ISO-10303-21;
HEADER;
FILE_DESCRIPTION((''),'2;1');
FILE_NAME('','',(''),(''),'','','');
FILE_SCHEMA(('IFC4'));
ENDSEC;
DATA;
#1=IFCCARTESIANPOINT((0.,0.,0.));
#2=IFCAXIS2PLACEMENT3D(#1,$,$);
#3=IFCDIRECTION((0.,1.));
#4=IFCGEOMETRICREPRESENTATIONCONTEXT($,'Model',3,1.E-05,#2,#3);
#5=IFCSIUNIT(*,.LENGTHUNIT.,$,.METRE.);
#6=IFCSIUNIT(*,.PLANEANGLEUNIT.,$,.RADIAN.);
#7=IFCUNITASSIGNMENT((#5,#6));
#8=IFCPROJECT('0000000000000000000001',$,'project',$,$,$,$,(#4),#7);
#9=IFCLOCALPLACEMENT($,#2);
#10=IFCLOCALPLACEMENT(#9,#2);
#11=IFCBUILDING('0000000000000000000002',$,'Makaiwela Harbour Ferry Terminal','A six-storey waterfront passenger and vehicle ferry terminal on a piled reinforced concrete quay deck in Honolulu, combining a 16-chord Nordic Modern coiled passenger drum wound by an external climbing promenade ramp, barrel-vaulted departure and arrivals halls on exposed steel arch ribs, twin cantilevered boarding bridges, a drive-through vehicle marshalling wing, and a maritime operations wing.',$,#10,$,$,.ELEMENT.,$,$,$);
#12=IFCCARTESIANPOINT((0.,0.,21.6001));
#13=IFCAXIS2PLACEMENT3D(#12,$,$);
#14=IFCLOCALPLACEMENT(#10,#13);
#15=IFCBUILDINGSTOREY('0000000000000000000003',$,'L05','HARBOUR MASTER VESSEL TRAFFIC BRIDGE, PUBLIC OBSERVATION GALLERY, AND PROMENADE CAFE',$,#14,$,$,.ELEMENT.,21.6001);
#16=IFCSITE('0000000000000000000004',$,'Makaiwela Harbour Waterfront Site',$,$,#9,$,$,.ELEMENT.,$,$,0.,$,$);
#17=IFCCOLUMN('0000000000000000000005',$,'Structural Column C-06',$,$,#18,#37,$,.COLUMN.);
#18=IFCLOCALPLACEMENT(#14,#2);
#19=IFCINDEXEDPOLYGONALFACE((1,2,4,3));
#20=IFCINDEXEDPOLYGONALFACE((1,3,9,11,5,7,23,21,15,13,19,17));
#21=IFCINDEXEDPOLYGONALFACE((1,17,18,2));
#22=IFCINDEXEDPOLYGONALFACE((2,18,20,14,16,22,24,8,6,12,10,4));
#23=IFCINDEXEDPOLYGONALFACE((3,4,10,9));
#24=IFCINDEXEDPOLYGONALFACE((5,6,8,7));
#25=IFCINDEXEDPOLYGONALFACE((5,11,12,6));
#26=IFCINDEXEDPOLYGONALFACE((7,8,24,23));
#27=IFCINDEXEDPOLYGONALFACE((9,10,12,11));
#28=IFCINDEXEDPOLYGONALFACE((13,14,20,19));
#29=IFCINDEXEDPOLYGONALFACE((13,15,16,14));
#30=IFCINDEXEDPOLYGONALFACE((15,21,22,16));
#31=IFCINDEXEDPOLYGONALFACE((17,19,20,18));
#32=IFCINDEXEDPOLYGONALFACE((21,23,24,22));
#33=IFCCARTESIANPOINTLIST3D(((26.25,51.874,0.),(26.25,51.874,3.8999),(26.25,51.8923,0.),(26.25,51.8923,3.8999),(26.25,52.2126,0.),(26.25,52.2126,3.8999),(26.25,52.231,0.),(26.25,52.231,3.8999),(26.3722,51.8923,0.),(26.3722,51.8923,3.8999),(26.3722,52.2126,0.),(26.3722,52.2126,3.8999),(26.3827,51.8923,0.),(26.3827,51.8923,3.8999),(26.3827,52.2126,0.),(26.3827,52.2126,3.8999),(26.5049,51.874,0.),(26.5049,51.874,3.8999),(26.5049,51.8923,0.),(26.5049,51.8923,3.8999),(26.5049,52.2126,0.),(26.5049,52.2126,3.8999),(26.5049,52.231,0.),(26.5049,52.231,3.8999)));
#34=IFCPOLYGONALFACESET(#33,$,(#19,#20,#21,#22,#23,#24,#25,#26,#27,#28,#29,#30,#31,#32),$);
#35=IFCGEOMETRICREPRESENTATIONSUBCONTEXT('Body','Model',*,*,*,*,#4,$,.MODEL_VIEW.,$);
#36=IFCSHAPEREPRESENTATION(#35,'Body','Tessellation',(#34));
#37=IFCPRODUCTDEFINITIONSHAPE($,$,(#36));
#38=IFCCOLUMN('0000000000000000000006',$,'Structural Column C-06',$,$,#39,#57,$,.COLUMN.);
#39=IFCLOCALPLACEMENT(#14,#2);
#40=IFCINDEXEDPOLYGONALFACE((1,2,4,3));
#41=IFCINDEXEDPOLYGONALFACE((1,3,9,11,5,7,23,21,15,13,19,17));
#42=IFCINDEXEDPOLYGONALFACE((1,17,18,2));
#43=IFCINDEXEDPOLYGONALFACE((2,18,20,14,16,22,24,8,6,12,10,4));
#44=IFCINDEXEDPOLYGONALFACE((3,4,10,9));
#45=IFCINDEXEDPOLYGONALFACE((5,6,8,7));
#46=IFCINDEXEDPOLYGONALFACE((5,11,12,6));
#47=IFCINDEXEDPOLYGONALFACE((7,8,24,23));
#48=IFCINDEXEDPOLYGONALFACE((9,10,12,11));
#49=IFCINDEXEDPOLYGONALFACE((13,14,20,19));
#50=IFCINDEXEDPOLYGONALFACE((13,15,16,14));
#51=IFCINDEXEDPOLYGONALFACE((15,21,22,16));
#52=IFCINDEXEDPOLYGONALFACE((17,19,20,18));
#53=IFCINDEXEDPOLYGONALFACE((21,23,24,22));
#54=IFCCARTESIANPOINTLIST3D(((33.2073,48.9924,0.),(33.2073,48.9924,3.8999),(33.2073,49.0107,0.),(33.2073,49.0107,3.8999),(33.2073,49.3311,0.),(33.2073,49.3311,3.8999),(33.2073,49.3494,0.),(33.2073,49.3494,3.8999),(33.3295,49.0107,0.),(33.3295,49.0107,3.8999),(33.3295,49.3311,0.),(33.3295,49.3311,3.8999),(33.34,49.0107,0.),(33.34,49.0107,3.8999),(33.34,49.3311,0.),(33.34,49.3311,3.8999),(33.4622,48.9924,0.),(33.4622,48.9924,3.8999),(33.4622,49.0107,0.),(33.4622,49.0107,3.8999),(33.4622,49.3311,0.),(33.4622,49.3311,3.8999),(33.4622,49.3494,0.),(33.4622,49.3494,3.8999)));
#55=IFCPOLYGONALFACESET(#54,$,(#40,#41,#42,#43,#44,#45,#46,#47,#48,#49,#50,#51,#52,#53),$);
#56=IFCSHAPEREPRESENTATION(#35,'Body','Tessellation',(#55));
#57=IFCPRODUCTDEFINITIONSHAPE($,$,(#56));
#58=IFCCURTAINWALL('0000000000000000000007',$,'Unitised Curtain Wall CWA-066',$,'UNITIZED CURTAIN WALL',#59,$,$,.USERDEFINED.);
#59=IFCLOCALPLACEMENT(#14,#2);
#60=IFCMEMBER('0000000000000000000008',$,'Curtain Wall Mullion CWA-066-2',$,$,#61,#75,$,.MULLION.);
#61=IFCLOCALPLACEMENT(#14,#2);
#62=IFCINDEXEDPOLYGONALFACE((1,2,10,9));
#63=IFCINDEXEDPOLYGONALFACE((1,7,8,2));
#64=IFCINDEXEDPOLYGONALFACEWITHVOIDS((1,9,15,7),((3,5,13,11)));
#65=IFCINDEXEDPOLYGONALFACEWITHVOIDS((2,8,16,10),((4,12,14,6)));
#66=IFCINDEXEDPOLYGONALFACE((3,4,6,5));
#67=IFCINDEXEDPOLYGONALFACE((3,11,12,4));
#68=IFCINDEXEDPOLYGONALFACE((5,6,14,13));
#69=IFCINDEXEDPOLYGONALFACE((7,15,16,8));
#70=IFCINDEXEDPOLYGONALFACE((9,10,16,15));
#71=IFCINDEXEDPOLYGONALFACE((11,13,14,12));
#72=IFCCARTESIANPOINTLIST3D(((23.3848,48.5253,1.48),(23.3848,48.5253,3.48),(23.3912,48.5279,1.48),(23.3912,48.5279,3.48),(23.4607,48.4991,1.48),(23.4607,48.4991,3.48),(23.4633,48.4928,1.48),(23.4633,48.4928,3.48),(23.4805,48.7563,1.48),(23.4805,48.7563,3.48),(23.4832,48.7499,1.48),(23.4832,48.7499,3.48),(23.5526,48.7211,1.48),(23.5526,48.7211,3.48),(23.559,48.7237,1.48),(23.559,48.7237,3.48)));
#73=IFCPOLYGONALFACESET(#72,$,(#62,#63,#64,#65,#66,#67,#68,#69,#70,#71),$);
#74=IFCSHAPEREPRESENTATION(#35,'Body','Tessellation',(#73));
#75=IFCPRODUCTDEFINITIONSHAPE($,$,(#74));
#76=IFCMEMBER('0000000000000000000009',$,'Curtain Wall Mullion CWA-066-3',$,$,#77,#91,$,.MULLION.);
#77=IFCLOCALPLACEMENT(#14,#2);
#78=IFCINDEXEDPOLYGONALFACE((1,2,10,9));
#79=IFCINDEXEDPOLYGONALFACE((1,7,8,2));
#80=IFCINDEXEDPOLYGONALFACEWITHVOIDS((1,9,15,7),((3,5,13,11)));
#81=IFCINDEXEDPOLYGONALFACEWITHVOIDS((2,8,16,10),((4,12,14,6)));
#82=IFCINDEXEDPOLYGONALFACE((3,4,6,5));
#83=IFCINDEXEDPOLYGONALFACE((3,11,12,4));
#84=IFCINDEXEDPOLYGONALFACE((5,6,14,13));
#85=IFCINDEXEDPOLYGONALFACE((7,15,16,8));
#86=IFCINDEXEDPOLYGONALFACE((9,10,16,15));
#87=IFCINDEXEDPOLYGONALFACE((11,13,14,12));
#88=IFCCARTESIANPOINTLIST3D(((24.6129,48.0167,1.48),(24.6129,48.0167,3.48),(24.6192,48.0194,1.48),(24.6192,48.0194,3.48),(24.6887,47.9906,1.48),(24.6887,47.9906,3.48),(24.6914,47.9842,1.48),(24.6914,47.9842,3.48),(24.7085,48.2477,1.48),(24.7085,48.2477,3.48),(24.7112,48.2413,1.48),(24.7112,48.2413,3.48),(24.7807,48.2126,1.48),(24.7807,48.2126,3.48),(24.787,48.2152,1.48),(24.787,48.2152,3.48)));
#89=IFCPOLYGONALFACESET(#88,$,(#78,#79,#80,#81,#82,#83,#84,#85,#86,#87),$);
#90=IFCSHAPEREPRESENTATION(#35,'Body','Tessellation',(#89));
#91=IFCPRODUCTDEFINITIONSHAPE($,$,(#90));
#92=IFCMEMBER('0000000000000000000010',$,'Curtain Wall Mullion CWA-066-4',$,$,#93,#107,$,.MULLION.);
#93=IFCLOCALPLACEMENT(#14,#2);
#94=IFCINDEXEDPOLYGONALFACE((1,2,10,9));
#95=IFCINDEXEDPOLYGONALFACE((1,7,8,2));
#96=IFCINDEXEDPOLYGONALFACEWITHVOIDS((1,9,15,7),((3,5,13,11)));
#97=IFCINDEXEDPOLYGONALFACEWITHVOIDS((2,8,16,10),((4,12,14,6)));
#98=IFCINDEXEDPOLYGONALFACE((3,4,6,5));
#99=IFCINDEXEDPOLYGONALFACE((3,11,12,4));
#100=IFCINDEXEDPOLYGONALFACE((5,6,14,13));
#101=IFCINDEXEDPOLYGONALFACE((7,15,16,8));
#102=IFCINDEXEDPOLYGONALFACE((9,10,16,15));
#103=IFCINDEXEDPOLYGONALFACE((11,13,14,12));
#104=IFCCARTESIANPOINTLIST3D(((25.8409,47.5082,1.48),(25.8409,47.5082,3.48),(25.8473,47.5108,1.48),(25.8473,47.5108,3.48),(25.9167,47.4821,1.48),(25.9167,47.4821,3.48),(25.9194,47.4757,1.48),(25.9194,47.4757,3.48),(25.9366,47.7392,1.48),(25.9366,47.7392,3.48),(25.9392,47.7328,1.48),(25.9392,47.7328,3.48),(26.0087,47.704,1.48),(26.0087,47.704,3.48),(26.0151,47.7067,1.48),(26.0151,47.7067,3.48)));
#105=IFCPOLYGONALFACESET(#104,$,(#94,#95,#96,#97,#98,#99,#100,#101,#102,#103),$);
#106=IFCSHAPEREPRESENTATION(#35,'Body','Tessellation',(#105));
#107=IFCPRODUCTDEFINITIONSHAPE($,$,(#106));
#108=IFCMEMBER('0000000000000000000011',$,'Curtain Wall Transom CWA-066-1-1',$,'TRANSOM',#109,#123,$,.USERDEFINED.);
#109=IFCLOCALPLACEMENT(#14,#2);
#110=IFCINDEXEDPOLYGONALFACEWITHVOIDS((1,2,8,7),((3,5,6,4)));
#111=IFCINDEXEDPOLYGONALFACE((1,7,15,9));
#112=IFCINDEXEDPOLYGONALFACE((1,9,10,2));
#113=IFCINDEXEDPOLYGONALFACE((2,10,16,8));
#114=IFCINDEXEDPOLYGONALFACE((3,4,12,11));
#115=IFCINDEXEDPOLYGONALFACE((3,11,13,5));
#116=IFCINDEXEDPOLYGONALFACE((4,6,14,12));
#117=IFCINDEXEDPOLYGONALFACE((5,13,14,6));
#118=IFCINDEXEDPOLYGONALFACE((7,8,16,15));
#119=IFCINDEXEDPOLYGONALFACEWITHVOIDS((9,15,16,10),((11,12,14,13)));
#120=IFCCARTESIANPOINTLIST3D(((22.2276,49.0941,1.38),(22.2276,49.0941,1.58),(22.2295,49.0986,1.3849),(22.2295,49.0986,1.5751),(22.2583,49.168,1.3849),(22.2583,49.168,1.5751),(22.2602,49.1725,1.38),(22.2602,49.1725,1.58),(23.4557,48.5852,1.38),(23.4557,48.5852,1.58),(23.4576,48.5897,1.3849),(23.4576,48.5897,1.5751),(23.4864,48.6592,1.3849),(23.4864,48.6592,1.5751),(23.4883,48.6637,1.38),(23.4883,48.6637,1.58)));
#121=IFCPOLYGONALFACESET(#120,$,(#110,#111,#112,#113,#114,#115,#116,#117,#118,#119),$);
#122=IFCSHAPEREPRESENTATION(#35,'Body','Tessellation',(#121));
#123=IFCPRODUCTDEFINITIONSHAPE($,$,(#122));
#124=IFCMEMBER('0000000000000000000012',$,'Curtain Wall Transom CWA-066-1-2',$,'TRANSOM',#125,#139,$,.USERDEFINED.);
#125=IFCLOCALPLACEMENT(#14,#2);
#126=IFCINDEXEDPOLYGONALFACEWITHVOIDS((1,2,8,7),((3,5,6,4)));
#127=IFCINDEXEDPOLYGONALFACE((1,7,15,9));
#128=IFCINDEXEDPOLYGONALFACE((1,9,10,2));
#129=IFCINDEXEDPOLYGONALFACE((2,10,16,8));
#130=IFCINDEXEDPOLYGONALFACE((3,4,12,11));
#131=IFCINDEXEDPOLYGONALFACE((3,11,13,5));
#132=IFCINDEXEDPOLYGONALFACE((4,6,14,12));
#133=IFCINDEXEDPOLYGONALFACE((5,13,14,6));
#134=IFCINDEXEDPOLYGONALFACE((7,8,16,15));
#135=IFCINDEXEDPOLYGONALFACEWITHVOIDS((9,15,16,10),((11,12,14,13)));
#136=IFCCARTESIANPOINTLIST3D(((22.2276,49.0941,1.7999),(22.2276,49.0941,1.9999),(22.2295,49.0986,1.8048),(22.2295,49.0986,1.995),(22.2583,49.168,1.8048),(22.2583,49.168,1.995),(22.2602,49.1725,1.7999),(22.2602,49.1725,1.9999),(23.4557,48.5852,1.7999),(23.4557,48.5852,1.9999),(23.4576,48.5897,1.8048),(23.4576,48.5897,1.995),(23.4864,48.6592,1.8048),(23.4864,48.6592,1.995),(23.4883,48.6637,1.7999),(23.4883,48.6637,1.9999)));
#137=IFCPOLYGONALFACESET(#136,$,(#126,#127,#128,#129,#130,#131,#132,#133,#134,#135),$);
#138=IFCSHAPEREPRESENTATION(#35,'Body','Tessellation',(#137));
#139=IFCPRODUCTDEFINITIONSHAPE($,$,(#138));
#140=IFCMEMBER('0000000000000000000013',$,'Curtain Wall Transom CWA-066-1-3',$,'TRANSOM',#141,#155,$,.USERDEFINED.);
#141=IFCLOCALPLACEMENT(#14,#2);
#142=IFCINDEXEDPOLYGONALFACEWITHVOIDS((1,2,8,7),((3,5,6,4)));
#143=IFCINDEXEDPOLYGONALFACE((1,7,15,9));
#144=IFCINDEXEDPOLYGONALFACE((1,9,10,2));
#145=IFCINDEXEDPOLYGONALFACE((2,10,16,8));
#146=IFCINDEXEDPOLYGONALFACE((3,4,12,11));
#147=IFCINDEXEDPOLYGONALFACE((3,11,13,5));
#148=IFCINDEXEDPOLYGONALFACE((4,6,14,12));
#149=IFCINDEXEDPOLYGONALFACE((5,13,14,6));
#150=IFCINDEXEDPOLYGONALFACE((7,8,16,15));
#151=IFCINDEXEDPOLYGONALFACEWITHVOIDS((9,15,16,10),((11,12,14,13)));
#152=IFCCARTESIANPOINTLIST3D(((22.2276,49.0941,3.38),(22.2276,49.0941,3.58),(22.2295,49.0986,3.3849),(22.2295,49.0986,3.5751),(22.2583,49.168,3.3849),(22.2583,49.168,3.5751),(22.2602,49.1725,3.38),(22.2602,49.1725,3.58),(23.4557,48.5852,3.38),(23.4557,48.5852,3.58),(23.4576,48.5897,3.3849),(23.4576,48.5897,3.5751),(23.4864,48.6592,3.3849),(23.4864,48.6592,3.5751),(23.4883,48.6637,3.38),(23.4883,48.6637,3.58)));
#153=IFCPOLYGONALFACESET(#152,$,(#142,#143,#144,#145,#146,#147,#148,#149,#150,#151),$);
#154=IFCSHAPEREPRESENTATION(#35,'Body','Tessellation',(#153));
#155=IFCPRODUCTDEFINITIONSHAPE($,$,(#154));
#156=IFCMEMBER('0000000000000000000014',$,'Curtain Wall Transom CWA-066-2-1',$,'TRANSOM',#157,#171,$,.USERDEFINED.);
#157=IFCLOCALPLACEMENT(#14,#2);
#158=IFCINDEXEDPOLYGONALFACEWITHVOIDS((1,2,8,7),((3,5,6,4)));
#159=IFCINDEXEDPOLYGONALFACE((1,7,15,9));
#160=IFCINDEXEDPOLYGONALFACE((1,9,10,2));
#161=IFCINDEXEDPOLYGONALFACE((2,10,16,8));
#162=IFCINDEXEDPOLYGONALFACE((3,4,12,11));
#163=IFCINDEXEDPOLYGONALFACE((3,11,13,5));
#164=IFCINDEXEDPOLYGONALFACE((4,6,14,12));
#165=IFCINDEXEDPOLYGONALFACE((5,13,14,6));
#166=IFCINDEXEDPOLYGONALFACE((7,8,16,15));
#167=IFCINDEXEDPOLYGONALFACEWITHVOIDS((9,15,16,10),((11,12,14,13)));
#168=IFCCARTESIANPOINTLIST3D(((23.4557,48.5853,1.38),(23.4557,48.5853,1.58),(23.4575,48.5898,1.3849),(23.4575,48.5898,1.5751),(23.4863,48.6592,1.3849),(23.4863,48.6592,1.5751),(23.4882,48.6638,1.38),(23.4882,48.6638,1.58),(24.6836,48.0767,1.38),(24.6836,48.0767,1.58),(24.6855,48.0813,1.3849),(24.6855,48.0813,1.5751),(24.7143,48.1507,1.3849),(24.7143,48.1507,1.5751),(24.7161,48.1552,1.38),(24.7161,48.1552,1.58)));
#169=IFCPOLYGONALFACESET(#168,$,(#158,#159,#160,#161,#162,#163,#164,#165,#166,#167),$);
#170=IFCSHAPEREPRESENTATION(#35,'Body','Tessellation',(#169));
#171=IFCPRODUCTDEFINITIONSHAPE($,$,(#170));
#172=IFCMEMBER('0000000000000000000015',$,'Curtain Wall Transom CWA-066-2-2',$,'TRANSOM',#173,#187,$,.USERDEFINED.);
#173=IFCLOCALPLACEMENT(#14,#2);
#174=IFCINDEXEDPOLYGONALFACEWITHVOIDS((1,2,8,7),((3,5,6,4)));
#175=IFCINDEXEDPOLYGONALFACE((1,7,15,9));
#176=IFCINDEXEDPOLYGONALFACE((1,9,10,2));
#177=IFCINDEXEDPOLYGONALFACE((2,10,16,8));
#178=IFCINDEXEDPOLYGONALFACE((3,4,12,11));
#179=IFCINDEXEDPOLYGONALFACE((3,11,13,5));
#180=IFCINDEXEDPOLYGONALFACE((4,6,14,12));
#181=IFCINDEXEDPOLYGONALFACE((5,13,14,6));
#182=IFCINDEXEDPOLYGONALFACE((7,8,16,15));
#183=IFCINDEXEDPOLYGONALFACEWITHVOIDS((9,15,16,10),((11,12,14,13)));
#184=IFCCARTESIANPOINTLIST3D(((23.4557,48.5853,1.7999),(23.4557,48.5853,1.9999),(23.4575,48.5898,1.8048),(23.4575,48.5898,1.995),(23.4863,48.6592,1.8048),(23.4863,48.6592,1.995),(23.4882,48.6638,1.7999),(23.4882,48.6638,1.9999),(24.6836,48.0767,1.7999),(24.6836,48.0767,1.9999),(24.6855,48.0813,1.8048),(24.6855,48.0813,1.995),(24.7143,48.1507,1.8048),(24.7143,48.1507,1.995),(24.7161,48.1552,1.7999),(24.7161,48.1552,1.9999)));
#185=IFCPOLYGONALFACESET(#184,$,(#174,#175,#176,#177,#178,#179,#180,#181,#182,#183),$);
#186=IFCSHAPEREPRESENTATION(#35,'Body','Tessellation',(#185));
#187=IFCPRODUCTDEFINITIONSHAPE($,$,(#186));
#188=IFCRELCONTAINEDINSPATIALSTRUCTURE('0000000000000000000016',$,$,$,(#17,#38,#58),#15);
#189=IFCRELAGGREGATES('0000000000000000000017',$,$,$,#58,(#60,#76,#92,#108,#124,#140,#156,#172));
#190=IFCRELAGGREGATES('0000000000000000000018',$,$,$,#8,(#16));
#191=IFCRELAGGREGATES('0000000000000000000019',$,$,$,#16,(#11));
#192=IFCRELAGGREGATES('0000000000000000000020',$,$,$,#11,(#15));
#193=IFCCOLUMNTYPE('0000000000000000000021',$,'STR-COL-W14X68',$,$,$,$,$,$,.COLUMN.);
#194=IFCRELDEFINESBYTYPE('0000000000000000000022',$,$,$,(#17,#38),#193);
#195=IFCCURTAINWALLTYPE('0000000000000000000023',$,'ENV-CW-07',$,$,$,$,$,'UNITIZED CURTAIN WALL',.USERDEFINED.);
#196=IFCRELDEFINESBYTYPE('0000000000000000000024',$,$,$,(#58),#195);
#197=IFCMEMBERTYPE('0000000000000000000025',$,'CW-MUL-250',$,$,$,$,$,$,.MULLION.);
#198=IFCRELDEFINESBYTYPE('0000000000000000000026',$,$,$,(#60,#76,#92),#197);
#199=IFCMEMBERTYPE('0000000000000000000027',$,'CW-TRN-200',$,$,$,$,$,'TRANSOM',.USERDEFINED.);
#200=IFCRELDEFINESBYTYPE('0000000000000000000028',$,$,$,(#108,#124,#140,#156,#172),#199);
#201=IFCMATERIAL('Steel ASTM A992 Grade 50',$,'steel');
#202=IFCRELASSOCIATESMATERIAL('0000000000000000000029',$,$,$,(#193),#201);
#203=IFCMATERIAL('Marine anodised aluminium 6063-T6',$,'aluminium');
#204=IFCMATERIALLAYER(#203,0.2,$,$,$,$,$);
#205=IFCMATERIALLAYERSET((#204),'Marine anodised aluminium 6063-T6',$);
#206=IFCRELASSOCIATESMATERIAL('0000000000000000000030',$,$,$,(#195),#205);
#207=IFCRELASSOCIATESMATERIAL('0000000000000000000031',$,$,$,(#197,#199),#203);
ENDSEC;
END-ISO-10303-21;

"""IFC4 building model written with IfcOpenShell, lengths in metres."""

from ifc_helpers import new_model, si_unit, direction, frame, origin, origin_2d, place, context, subcontext, project, spatial, hollow_rectangle, i_section, extrude, material, layer, layer_set, material_profile, profile_set, type_object, element, aggregate, save


model = new_model("IFC4")

# Units and contexts
model_context = context("Model", 3, precision=1e-05, world=origin(), true_north=direction((0.0, 1.0)))
body_context = subcontext(model_context, "Body", "Model", "MODEL_VIEW")
ifc_project = project(units=[si_unit("LENGTHUNIT", "METRE"), si_unit("PLANEANGLEUNIT", "RADIAN")], contexts=[model_context])

# Site, building, storey
site_placement = place(None, origin())
site = spatial("IfcSite", under=ifc_project, at=site_placement, Name="Makaiwela Harbour Waterfront Site", CompositionType="ELEMENT", RefElevation=0.0)
building_placement = place(site_placement, origin())
building = spatial("IfcBuilding", under=site, at=building_placement, Name="Makaiwela Harbour Ferry Terminal", Description="A six-storey waterfront passenger and vehicle ferry terminal on a piled reinforced concrete quay deck in Honolulu, combining a 16-chord Nordic Modern coiled passenger drum wound by an external climbing promenade ramp, barrel-vaulted departure and arrivals halls on exposed steel arch ribs, twin cantilevered boarding bridges, a drive-through vehicle marshalling wing, and a maritime operations wing.", CompositionType="ELEMENT")
storey_placement = place(building_placement, frame((0.0, 0.0, 21.6001)))
storey = spatial("IfcBuildingStorey", under=building, at=storey_placement, Name="L05", Description="HARBOUR MASTER VESSEL TRAFFIC BRIDGE, PUBLIC OBSERVATION GALLERY, AND PROMENADE CAFE", CompositionType="ELEMENT", Elevation=21.6001)

# Columns
ifc_material_1 = material(Name="Steel ASTM A992 Grade 50", Category="steel")
ifc_material_profile_1 = material_profile(ifc_material_1, i_section(OverallWidth=0.2549, OverallDepth=0.3569, WebThickness=0.0105, FlangeThickness=0.0183, at=origin_2d()), Name="W14X68")
ifc_profile_set_1 = profile_set([ifc_material_profile_1], Name="Steel ASTM A992 Grade 50")
column_type = type_object("IfcColumnType", Name="STR-COL-W14X68", PredefinedType="COLUMN", material=ifc_profile_set_1)
for number, where, z_axis, x_axis, name in (
    (1, (26.3774, 52.0525, 0.0), (0.0, 0.0, 1.0), (1.0, 0.0, 0.0), "Structural Column C-06"),
    (2, (33.3347, 49.1709, 0.0), (0.0, 0.0, 1.0), (1.0, 0.0, 0.0), "Structural Column C-06"),
):
    element("IfcColumn", number, at=place(storey_placement, frame(where, z_axis=z_axis, x_axis=x_axis)), inside=storey, type_object=column_type, Name=name, PredefinedType="COLUMN", context=body_context, shape_type="SweptSolid", body=[
        extrude(i_section(OverallWidth=0.2549, OverallDepth=0.3569, WebThickness=0.0105, FlangeThickness=0.0183, at=origin_2d()), origin(), (0.0, 0.0, 1.0), 3.8999),
    ])

# Curtain wall, members
ifc_material_2 = material(Name="Marine anodised aluminium 6063-T6", Category="aluminium")
ifc_layer_1 = layer(ifc_material_2, 0.2)
ifc_layer_set_1 = layer_set([ifc_layer_1], Name="Marine anodised aluminium 6063-T6")
curtain_wall_type = type_object("IfcCurtainWallType", Name="ENV-CW-07", ElementType="UNITIZED CURTAIN WALL", PredefinedType="USERDEFINED", material=ifc_layer_set_1)
curtain_wall_placement = place(storey_placement, origin())
curtain_wall = element("IfcCurtainWall", 3, at=curtain_wall_placement, inside=storey, type_object=curtain_wall_type, Name="Unitised Curtain Wall CWA-066", ObjectType="UNITIZED CURTAIN WALL", PredefinedType="USERDEFINED")
ifc_material_profile_2 = material_profile(ifc_material_2, hollow_rectangle(XDim=0.085, YDim=0.25, WallThickness=0.0049, at=origin_2d()), Name="CWM-250X85")
ifc_profile_set_2 = profile_set([ifc_material_profile_2], Name="Marine anodised aluminium 6063-T6")
member_type_1 = type_object("IfcMemberType", Name="CW-MUL-250", PredefinedType="MULLION", material=ifc_profile_set_2)
member_1_placement = place(storey_placement, frame((23.4719, 48.6245, 1.48), z_axis=(0.0, 0.0, 1.0), x_axis=(-0.92388, 0.382683, 0.0)))
member_1 = element("IfcMember", 4, at=member_1_placement, type_object=member_type_1, Name="Curtain Wall Mullion CWA-066-2", PredefinedType="MULLION", context=body_context, shape_type="SweptSolid", body=[
    extrude(hollow_rectangle(XDim=0.085, YDim=0.25, WallThickness=0.0049, at=origin_2d()), origin(), (0.0, 0.0, 1.0), 2.0),
])
member_2_placement = place(storey_placement, frame((24.7, 48.116, 1.48), z_axis=(0.0, 0.0, 1.0), x_axis=(-0.92388, 0.382683, 0.0)))
member_2 = element("IfcMember", 5, at=member_2_placement, type_object=member_type_1, Name="Curtain Wall Mullion CWA-066-3", PredefinedType="MULLION", context=body_context, shape_type="SweptSolid", body=[
    extrude(hollow_rectangle(XDim=0.085, YDim=0.25, WallThickness=0.0049, at=origin_2d()), origin(), (0.0, 0.0, 1.0), 2.0),
])
member_3_placement = place(storey_placement, frame((25.928, 47.6074, 1.48), z_axis=(0.0, 0.0, 1.0), x_axis=(-0.92388, 0.382683, 0.0)))
member_3 = element("IfcMember", 6, at=member_3_placement, type_object=member_type_1, Name="Curtain Wall Mullion CWA-066-4", PredefinedType="MULLION", context=body_context, shape_type="SweptSolid", body=[
    extrude(hollow_rectangle(XDim=0.085, YDim=0.25, WallThickness=0.0049, at=origin_2d()), origin(), (0.0, 0.0, 1.0), 2.0),
])
ifc_material_profile_3 = material_profile(ifc_material_2, hollow_rectangle(XDim=0.085, YDim=0.2, WallThickness=0.0049, at=origin_2d()), Name="CWT-200X85")
ifc_profile_set_3 = profile_set([ifc_material_profile_3], Name="Marine anodised aluminium 6063-T6")
member_type_2 = type_object("IfcMemberType", Name="CW-TRN-200", ElementType="TRANSOM", PredefinedType="USERDEFINED", material=ifc_profile_set_3)
member_4_placement = place(storey_placement, frame((22.2439, 49.1333, 1.48), z_axis=(0.923847, -0.382763, 0.0), x_axis=(0.382763, 0.923847, 0.0)))
member_4 = element("IfcMember", 7, at=member_4_placement, type_object=member_type_2, Name="Curtain Wall Transom CWA-066-1-1", ObjectType="TRANSOM", PredefinedType="USERDEFINED", context=body_context, shape_type="SweptSolid", body=[
    extrude(hollow_rectangle(XDim=0.085, YDim=0.2, WallThickness=0.0049, at=origin_2d()), origin(), (0.0, 0.0, 1.0), 1.3293),
])
member_5_placement = place(storey_placement, frame((22.2439, 49.1333, 1.8999), z_axis=(0.923847, -0.382763, 0.0), x_axis=(0.382763, 0.923847, 0.0)))
member_5 = element("IfcMember", 8, at=member_5_placement, type_object=member_type_2, Name="Curtain Wall Transom CWA-066-1-2", ObjectType="TRANSOM", PredefinedType="USERDEFINED", context=body_context, shape_type="SweptSolid", body=[
    extrude(hollow_rectangle(XDim=0.085, YDim=0.2, WallThickness=0.0049, at=origin_2d()), origin(), (0.0, 0.0, 1.0), 1.3293),
])
member_6_placement = place(storey_placement, frame((22.2439, 49.1333, 3.48), z_axis=(0.923847, -0.382763, 0.0), x_axis=(0.382763, 0.923847, 0.0)))
member_6 = element("IfcMember", 9, at=member_6_placement, type_object=member_type_2, Name="Curtain Wall Transom CWA-066-1-3", ObjectType="TRANSOM", PredefinedType="USERDEFINED", context=body_context, shape_type="SweptSolid", body=[
    extrude(hollow_rectangle(XDim=0.085, YDim=0.2, WallThickness=0.0049, at=origin_2d()), origin(), (0.0, 0.0, 1.0), 1.3293),
])
member_7_placement = place(storey_placement, frame((23.4719, 48.6245, 1.48), z_axis=(0.923912, -0.382606, 0.0), x_axis=(0.382606, 0.923912, 0.0)))
member_7 = element("IfcMember", 10, at=member_7_placement, type_object=member_type_2, Name="Curtain Wall Transom CWA-066-2-1", ObjectType="TRANSOM", PredefinedType="USERDEFINED", context=body_context, shape_type="SweptSolid", body=[
    extrude(hollow_rectangle(XDim=0.085, YDim=0.2, WallThickness=0.0049, at=origin_2d()), origin(), (0.0, 0.0, 1.0), 1.3291),
])
member_8_placement = place(storey_placement, frame((23.4719, 48.6245, 1.8999), z_axis=(0.923912, -0.382606, 0.0), x_axis=(0.382606, 0.923912, 0.0)))
member_8 = element("IfcMember", 11, at=member_8_placement, type_object=member_type_2, Name="Curtain Wall Transom CWA-066-2-2", ObjectType="TRANSOM", PredefinedType="USERDEFINED", context=body_context, shape_type="SweptSolid", body=[
    extrude(hollow_rectangle(XDim=0.085, YDim=0.2, WallThickness=0.0049, at=origin_2d()), origin(), (0.0, 0.0, 1.0), 1.3291),
])

aggregate(curtain_wall, [member_1, member_2, member_3, member_4, member_5, member_6, member_7, member_8])

save(model, "model.ifc")
